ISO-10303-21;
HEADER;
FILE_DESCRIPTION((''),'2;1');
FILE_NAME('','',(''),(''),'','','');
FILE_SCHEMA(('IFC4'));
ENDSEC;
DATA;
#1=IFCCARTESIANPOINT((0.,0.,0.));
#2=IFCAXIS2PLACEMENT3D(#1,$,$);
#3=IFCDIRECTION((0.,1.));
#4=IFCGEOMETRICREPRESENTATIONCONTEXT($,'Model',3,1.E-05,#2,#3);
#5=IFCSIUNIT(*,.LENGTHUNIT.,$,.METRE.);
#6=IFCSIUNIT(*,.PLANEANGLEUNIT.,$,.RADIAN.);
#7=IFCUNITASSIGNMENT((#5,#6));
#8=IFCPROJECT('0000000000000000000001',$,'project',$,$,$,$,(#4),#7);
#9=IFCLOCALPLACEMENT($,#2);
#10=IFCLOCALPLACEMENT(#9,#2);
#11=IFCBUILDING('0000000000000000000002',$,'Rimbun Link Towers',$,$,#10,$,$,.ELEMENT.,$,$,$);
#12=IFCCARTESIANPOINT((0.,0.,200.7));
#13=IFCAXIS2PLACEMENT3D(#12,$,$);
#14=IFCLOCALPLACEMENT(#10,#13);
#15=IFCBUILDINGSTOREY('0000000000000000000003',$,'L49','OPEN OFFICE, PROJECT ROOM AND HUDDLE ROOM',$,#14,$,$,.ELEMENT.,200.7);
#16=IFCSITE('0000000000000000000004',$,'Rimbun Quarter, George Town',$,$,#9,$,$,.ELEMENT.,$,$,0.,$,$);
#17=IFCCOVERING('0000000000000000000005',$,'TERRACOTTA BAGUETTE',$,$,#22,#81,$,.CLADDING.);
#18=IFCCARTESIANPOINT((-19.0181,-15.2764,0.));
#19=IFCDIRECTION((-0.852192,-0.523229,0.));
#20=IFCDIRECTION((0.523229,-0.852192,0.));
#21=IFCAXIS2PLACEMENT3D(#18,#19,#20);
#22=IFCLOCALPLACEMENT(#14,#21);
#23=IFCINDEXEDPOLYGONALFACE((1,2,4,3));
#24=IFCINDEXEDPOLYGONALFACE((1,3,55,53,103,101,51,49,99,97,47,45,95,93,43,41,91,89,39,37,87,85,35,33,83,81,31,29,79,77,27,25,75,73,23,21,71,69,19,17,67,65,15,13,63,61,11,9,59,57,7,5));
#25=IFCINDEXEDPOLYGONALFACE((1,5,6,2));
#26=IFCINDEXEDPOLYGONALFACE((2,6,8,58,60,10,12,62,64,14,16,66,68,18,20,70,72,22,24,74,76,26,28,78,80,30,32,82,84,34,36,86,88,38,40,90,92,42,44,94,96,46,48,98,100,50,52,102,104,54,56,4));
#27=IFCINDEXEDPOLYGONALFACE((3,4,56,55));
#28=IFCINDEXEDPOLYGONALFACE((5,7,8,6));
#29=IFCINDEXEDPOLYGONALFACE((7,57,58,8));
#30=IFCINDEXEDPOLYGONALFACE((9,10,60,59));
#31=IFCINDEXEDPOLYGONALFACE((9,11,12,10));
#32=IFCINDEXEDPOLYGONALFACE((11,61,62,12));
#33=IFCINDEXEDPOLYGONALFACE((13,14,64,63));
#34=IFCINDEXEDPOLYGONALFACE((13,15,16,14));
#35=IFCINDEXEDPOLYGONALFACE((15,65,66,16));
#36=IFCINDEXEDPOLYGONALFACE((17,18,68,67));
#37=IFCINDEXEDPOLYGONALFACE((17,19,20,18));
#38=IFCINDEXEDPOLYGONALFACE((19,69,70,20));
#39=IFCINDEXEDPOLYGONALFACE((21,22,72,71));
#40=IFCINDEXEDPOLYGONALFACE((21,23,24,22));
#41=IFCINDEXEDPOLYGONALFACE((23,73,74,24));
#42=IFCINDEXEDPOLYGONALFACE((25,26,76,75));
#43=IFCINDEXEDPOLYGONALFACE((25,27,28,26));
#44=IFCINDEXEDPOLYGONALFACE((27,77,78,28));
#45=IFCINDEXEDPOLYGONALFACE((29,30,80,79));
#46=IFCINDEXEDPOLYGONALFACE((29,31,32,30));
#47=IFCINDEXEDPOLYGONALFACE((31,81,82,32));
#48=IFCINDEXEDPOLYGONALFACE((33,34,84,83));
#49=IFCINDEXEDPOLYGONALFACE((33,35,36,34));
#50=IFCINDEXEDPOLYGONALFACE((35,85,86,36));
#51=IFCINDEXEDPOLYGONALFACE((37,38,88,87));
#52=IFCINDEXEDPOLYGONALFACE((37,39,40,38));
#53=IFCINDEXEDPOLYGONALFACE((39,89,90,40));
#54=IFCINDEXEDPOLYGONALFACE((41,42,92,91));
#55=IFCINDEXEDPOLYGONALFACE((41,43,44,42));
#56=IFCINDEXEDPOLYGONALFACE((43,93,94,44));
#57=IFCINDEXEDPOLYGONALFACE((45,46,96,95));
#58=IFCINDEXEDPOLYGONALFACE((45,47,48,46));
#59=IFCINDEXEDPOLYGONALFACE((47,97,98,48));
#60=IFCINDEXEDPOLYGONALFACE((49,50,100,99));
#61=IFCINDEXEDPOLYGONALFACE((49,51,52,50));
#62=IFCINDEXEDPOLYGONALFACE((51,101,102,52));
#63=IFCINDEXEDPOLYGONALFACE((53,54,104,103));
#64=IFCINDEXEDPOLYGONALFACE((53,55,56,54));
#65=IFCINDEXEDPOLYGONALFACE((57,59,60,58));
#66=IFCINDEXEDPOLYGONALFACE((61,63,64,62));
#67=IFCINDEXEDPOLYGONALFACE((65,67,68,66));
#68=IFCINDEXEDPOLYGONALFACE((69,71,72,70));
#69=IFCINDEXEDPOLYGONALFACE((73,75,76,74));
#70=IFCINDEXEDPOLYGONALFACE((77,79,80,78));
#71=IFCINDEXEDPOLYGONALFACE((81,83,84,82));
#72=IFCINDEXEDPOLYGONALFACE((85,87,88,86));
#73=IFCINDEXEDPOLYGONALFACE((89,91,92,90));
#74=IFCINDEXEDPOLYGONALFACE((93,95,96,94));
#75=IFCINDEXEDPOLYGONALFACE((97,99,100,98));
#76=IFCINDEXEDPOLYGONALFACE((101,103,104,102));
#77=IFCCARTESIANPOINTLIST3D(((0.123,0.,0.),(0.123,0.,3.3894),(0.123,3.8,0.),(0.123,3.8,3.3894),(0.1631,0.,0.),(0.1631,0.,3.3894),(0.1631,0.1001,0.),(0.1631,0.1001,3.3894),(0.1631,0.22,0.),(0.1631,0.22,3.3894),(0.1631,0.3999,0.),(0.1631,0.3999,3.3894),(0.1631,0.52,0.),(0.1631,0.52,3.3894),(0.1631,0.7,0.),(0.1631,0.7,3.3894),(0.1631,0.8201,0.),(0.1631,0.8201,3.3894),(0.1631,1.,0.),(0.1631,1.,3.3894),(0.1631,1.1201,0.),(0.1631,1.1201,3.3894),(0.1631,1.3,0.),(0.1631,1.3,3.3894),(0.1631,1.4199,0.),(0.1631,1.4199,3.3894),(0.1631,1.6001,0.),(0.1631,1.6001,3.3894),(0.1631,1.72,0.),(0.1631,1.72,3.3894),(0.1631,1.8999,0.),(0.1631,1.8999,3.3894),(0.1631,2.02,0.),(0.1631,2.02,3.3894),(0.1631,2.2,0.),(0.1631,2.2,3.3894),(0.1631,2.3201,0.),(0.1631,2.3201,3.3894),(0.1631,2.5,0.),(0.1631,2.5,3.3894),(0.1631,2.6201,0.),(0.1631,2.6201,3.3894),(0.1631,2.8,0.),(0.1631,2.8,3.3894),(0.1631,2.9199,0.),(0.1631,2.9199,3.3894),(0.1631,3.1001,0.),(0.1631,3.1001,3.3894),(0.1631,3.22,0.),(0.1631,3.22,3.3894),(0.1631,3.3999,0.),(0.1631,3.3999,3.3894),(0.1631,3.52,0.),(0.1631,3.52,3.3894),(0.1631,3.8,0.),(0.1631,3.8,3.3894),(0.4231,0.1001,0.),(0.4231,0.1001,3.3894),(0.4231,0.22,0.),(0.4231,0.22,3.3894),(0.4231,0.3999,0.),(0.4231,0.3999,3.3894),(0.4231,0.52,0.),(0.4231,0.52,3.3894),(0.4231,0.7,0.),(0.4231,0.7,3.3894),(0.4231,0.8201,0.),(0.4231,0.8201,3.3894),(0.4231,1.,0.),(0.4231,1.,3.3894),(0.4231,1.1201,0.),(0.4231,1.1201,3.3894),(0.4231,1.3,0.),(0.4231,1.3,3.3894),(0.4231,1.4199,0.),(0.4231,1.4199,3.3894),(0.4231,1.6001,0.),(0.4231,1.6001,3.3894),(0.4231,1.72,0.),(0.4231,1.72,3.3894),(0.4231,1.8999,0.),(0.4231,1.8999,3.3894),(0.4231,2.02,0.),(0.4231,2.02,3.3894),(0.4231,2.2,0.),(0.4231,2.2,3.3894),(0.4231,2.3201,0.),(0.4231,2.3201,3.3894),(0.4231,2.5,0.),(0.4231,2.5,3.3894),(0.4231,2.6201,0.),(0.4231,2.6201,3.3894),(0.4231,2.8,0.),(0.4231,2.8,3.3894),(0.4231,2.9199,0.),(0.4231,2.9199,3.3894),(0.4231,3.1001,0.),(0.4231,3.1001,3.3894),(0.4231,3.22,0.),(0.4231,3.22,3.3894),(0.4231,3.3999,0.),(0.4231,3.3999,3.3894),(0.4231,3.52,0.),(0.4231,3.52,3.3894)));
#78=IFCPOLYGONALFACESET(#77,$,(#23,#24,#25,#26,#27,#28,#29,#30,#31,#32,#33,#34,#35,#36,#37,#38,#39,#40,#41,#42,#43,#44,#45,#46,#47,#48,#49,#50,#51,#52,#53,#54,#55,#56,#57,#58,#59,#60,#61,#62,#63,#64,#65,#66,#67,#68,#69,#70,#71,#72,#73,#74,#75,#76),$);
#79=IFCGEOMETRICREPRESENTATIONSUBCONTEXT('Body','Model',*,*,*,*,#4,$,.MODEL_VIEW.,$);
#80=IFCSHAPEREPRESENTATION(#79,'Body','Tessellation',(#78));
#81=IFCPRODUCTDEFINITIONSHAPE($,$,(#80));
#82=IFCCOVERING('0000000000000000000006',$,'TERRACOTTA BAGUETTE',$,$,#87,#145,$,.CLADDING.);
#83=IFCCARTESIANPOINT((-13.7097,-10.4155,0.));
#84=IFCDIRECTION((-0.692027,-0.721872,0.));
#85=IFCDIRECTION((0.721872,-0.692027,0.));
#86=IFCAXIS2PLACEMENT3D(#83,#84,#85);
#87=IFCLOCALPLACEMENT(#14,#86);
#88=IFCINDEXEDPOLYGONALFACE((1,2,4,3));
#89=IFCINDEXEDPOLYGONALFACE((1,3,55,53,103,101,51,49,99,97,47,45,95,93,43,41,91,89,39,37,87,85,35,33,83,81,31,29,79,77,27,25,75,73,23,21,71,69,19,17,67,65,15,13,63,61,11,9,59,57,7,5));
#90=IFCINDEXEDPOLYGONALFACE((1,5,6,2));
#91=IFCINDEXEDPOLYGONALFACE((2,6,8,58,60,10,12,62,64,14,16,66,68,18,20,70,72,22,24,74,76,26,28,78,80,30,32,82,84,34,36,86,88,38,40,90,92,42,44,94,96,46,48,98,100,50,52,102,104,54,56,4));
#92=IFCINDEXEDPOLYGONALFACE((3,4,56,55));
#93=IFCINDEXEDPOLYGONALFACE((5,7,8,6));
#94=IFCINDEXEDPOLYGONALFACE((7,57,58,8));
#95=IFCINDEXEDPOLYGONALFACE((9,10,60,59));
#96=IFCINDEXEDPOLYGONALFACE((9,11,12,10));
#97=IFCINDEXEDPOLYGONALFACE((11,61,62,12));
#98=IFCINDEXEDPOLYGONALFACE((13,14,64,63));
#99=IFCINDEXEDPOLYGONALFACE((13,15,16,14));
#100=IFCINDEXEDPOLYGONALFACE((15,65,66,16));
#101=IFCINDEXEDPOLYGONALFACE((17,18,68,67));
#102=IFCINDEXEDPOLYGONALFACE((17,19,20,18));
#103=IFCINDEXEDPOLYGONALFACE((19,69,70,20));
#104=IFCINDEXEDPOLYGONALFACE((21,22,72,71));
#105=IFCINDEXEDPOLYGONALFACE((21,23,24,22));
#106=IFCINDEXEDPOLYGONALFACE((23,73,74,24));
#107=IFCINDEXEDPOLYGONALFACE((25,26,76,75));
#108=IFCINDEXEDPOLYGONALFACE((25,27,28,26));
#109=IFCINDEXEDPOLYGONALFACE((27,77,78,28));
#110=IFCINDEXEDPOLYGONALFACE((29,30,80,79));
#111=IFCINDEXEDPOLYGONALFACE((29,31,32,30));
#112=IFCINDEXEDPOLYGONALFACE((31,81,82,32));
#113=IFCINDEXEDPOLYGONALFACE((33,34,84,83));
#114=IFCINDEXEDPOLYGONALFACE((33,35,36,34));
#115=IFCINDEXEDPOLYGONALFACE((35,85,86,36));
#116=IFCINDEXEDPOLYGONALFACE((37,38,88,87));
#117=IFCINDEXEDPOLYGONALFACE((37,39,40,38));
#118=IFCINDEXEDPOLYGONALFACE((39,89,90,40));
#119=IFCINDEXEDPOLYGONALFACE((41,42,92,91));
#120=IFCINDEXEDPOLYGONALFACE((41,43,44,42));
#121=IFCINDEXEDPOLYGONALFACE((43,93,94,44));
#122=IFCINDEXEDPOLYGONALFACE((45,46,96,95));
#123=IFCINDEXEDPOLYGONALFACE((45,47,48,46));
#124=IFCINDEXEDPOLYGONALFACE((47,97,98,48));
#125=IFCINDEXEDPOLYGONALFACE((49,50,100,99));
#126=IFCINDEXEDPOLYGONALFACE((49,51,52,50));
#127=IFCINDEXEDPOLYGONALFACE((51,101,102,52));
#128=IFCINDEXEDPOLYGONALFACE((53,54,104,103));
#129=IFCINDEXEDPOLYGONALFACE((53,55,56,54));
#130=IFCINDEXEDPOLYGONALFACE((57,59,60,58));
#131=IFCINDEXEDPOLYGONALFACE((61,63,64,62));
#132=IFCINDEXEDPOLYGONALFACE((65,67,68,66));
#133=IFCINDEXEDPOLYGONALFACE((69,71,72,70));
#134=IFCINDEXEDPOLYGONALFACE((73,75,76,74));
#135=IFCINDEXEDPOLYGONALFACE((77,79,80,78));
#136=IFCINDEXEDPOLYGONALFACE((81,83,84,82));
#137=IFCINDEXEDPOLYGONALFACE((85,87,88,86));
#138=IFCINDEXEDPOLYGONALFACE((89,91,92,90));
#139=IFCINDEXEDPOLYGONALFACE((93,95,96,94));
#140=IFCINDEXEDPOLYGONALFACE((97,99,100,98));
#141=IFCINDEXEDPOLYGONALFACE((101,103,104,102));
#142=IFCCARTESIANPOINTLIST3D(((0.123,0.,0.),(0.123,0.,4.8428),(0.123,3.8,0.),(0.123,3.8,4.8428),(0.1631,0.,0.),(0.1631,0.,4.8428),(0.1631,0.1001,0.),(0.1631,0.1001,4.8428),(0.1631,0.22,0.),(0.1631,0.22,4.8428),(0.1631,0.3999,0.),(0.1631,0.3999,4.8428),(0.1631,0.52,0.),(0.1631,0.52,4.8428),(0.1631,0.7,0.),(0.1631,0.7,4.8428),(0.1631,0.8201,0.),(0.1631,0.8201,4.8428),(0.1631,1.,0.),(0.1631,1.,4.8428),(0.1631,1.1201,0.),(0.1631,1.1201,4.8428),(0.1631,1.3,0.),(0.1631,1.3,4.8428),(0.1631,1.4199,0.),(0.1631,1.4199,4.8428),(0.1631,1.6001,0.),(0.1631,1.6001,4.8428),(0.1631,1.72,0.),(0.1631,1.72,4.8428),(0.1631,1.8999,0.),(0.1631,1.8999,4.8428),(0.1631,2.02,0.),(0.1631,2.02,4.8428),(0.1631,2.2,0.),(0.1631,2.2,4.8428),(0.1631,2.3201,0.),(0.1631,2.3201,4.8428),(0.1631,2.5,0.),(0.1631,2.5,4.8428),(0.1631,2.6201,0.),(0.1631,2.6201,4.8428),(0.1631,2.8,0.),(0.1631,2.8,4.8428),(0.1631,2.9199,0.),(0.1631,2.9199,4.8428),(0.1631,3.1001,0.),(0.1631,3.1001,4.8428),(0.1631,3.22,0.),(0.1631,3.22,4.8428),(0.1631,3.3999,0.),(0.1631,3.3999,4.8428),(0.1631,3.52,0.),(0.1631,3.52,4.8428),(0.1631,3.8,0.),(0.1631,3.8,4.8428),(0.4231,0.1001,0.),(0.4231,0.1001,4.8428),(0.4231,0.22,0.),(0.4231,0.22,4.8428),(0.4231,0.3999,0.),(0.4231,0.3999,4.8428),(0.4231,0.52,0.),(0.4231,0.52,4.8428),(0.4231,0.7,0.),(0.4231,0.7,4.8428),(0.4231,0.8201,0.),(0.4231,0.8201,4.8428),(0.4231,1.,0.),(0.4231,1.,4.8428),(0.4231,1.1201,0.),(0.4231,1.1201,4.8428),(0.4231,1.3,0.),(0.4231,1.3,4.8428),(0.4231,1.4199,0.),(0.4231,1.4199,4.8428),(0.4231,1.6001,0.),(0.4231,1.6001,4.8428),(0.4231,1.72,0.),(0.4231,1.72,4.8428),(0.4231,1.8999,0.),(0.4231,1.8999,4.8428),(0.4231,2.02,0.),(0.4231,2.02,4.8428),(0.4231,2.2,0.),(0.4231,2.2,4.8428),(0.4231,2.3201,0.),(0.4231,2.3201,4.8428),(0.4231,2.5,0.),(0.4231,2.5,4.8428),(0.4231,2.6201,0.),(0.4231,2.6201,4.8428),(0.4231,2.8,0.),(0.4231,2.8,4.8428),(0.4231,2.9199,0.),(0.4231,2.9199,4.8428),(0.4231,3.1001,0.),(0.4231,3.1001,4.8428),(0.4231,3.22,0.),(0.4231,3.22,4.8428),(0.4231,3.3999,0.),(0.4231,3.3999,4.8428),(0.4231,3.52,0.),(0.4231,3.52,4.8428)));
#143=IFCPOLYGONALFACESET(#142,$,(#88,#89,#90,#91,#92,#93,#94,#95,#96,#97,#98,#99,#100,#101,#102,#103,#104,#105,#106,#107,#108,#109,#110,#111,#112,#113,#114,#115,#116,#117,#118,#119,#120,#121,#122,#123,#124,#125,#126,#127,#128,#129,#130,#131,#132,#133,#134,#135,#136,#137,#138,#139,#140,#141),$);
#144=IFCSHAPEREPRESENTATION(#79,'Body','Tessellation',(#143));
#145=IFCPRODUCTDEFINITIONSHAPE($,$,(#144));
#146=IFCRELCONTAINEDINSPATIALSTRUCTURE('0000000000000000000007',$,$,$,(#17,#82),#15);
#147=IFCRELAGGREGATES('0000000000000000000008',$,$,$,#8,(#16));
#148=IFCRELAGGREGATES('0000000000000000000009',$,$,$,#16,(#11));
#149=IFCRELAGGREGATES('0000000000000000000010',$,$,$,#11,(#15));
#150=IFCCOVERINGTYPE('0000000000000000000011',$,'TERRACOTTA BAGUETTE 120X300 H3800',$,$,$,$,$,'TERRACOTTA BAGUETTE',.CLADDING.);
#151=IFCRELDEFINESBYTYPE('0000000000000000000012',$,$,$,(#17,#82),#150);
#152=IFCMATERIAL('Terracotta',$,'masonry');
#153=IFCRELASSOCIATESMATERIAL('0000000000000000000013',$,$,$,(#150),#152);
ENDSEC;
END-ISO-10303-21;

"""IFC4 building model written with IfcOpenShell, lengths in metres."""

from ifc_helpers import new_model, si_unit, direction, frame, origin, place, context, subcontext, project, spatial, polyline, outline, extrude, material, material_profile, profile_set, type_object, element, save


model = new_model("IFC4")

# Units and contexts
model_context = context("Model", 3, precision=1e-05, world=origin(), true_north=direction((0.0, 1.0)))
body_context = subcontext(model_context, "Body", "Model", "MODEL_VIEW")
ifc_project = project(units=[si_unit("LENGTHUNIT", "METRE"), si_unit("PLANEANGLEUNIT", "RADIAN")], contexts=[model_context])

# Site, building, storey
site_placement = place(None, origin())
site = spatial("IfcSite", under=ifc_project, at=site_placement, Name="Rimbun Quarter, George Town", CompositionType="ELEMENT", RefElevation=0.0)
building_placement = place(site_placement, origin())
building = spatial("IfcBuilding", under=site, at=building_placement, Name="Rimbun Link Towers", CompositionType="ELEMENT")
storey_placement = place(building_placement, frame((0.0, 0.0, 200.7)))
storey = spatial("IfcBuildingStorey", under=building, at=storey_placement, Name="L49", Description="OPEN OFFICE, PROJECT ROOM AND HUDDLE ROOM", CompositionType="ELEMENT", Elevation=200.7)

# Coverings
ifc_material_1 = material(Name="Terracotta", Category="masonry")
ifc_material_profile_1 = material_profile(ifc_material_1, outline(polyline([(0.123, 0.0), (0.1631, 0.0), (0.1631, 0.1001), (0.4231, 0.1001), (0.4231, 0.22), (0.1631, 0.22), (0.1631, 0.3999), (0.4231, 0.3999), (0.4231, 0.52), (0.1631, 0.52), (0.1631, 0.7), (0.4231, 0.7), (0.4231, 0.8201), (0.1631, 0.8201), (0.1631, 1.0), (0.4231, 1.0), (0.4231, 1.1201), (0.1631, 1.1201), (0.1631, 1.3), (0.4231, 1.3), (0.4231, 1.4199), (0.1631, 1.4199), (0.1631, 1.6001), (0.4231, 1.6001), (0.4231, 1.72), (0.1631, 1.72), (0.1631, 1.8999), (0.4231, 1.8999), (0.4231, 2.02), (0.1631, 2.02), (0.1631, 2.2), (0.4231, 2.2), (0.4231, 2.3201), (0.1631, 2.3201), (0.1631, 2.5), (0.4231, 2.5), (0.4231, 2.6201), (0.1631, 2.6201), (0.1631, 2.8), (0.4231, 2.8), (0.4231, 2.9199), (0.1631, 2.9199), (0.1631, 3.1001), (0.4231, 3.1001), (0.4231, 3.22), (0.1631, 3.22), (0.1631, 3.3999), (0.4231, 3.3999), (0.4231, 3.52), (0.1631, 3.52), (0.1631, 3.8), (0.123, 3.8), (0.123, 0.0)])), Name="BAGUETTE 120X300")
ifc_profile_set_1 = profile_set([ifc_material_profile_1], Name="Terracotta")
covering_type = type_object("IfcCoveringType", Name="TERRACOTTA BAGUETTE 120X300 H3800", ElementType="TERRACOTTA BAGUETTE", PredefinedType="CLADDING", material=ifc_profile_set_1)
covering_1_placement = place(storey_placement, frame((-19.0181, -15.2764, 0.0), z_axis=(-0.852192, -0.523229, 0.0), x_axis=(0.523229, -0.852192, 0.0)))
element("IfcCovering", 1, at=covering_1_placement, inside=storey, type_object=covering_type, Name="TERRACOTTA BAGUETTE", PredefinedType="CLADDING", context=body_context, shape_type="SweptSolid", body=[
    extrude(outline(polyline([(0.123, 0.0), (0.1631, 0.0), (0.1631, 0.1001), (0.4231, 0.1001), (0.4231, 0.22), (0.1631, 0.22), (0.1631, 0.3999), (0.4231, 0.3999), (0.4231, 0.52), (0.1631, 0.52), (0.1631, 0.7), (0.4231, 0.7), (0.4231, 0.8201), (0.1631, 0.8201), (0.1631, 1.0), (0.4231, 1.0), (0.4231, 1.1201), (0.1631, 1.1201), (0.1631, 1.3), (0.4231, 1.3), (0.4231, 1.4199), (0.1631, 1.4199), (0.1631, 1.6001), (0.4231, 1.6001), (0.4231, 1.72), (0.1631, 1.72), (0.1631, 1.8999), (0.4231, 1.8999), (0.4231, 2.02), (0.1631, 2.02), (0.1631, 2.2), (0.4231, 2.2), (0.4231, 2.3201), (0.1631, 2.3201), (0.1631, 2.5), (0.4231, 2.5), (0.4231, 2.6201), (0.1631, 2.6201), (0.1631, 2.8), (0.4231, 2.8), (0.4231, 2.9199), (0.1631, 2.9199), (0.1631, 3.1001), (0.4231, 3.1001), (0.4231, 3.22), (0.1631, 3.22), (0.1631, 3.3999), (0.4231, 3.3999), (0.4231, 3.52), (0.1631, 3.52), (0.1631, 3.8), (0.123, 3.8), (0.123, 0.0)])), origin(), (0.0, 0.0, 1.0), 3.3894),
])
covering_2_placement = place(storey_placement, frame((-13.7097, -10.4155, 0.0), z_axis=(-0.692027, -0.721872, 0.0), x_axis=(0.721872, -0.692027, 0.0)))
element("IfcCovering", 2, at=covering_2_placement, inside=storey, type_object=covering_type, Name="TERRACOTTA BAGUETTE", PredefinedType="CLADDING", context=body_context, shape_type="SweptSolid", body=[
    extrude(outline(polyline([(0.123, 0.0), (0.1631, 0.0), (0.1631, 0.1001), (0.4231, 0.1001), (0.4231, 0.22), (0.1631, 0.22), (0.1631, 0.3999), (0.4231, 0.3999), (0.4231, 0.52), (0.1631, 0.52), (0.1631, 0.7), (0.4231, 0.7), (0.4231, 0.8201), (0.1631, 0.8201), (0.1631, 1.0), (0.4231, 1.0), (0.4231, 1.1201), (0.1631, 1.1201), (0.1631, 1.3), (0.4231, 1.3), (0.4231, 1.4199), (0.1631, 1.4199), (0.1631, 1.6001), (0.4231, 1.6001), (0.4231, 1.72), (0.1631, 1.72), (0.1631, 1.8999), (0.4231, 1.8999), (0.4231, 2.02), (0.1631, 2.02), (0.1631, 2.2), (0.4231, 2.2), (0.4231, 2.3201), (0.1631, 2.3201), (0.1631, 2.5), (0.4231, 2.5), (0.4231, 2.6201), (0.1631, 2.6201), (0.1631, 2.8), (0.4231, 2.8), (0.4231, 2.9199), (0.1631, 2.9199), (0.1631, 3.1001), (0.4231, 3.1001), (0.4231, 3.22), (0.1631, 3.22), (0.1631, 3.3999), (0.4231, 3.3999), (0.4231, 3.52), (0.1631, 3.52), (0.1631, 3.8), (0.123, 3.8), (0.123, 0.0)])), origin(), (0.0, 0.0, 1.0), 4.8428),
])

save(model, "model.ifc")
